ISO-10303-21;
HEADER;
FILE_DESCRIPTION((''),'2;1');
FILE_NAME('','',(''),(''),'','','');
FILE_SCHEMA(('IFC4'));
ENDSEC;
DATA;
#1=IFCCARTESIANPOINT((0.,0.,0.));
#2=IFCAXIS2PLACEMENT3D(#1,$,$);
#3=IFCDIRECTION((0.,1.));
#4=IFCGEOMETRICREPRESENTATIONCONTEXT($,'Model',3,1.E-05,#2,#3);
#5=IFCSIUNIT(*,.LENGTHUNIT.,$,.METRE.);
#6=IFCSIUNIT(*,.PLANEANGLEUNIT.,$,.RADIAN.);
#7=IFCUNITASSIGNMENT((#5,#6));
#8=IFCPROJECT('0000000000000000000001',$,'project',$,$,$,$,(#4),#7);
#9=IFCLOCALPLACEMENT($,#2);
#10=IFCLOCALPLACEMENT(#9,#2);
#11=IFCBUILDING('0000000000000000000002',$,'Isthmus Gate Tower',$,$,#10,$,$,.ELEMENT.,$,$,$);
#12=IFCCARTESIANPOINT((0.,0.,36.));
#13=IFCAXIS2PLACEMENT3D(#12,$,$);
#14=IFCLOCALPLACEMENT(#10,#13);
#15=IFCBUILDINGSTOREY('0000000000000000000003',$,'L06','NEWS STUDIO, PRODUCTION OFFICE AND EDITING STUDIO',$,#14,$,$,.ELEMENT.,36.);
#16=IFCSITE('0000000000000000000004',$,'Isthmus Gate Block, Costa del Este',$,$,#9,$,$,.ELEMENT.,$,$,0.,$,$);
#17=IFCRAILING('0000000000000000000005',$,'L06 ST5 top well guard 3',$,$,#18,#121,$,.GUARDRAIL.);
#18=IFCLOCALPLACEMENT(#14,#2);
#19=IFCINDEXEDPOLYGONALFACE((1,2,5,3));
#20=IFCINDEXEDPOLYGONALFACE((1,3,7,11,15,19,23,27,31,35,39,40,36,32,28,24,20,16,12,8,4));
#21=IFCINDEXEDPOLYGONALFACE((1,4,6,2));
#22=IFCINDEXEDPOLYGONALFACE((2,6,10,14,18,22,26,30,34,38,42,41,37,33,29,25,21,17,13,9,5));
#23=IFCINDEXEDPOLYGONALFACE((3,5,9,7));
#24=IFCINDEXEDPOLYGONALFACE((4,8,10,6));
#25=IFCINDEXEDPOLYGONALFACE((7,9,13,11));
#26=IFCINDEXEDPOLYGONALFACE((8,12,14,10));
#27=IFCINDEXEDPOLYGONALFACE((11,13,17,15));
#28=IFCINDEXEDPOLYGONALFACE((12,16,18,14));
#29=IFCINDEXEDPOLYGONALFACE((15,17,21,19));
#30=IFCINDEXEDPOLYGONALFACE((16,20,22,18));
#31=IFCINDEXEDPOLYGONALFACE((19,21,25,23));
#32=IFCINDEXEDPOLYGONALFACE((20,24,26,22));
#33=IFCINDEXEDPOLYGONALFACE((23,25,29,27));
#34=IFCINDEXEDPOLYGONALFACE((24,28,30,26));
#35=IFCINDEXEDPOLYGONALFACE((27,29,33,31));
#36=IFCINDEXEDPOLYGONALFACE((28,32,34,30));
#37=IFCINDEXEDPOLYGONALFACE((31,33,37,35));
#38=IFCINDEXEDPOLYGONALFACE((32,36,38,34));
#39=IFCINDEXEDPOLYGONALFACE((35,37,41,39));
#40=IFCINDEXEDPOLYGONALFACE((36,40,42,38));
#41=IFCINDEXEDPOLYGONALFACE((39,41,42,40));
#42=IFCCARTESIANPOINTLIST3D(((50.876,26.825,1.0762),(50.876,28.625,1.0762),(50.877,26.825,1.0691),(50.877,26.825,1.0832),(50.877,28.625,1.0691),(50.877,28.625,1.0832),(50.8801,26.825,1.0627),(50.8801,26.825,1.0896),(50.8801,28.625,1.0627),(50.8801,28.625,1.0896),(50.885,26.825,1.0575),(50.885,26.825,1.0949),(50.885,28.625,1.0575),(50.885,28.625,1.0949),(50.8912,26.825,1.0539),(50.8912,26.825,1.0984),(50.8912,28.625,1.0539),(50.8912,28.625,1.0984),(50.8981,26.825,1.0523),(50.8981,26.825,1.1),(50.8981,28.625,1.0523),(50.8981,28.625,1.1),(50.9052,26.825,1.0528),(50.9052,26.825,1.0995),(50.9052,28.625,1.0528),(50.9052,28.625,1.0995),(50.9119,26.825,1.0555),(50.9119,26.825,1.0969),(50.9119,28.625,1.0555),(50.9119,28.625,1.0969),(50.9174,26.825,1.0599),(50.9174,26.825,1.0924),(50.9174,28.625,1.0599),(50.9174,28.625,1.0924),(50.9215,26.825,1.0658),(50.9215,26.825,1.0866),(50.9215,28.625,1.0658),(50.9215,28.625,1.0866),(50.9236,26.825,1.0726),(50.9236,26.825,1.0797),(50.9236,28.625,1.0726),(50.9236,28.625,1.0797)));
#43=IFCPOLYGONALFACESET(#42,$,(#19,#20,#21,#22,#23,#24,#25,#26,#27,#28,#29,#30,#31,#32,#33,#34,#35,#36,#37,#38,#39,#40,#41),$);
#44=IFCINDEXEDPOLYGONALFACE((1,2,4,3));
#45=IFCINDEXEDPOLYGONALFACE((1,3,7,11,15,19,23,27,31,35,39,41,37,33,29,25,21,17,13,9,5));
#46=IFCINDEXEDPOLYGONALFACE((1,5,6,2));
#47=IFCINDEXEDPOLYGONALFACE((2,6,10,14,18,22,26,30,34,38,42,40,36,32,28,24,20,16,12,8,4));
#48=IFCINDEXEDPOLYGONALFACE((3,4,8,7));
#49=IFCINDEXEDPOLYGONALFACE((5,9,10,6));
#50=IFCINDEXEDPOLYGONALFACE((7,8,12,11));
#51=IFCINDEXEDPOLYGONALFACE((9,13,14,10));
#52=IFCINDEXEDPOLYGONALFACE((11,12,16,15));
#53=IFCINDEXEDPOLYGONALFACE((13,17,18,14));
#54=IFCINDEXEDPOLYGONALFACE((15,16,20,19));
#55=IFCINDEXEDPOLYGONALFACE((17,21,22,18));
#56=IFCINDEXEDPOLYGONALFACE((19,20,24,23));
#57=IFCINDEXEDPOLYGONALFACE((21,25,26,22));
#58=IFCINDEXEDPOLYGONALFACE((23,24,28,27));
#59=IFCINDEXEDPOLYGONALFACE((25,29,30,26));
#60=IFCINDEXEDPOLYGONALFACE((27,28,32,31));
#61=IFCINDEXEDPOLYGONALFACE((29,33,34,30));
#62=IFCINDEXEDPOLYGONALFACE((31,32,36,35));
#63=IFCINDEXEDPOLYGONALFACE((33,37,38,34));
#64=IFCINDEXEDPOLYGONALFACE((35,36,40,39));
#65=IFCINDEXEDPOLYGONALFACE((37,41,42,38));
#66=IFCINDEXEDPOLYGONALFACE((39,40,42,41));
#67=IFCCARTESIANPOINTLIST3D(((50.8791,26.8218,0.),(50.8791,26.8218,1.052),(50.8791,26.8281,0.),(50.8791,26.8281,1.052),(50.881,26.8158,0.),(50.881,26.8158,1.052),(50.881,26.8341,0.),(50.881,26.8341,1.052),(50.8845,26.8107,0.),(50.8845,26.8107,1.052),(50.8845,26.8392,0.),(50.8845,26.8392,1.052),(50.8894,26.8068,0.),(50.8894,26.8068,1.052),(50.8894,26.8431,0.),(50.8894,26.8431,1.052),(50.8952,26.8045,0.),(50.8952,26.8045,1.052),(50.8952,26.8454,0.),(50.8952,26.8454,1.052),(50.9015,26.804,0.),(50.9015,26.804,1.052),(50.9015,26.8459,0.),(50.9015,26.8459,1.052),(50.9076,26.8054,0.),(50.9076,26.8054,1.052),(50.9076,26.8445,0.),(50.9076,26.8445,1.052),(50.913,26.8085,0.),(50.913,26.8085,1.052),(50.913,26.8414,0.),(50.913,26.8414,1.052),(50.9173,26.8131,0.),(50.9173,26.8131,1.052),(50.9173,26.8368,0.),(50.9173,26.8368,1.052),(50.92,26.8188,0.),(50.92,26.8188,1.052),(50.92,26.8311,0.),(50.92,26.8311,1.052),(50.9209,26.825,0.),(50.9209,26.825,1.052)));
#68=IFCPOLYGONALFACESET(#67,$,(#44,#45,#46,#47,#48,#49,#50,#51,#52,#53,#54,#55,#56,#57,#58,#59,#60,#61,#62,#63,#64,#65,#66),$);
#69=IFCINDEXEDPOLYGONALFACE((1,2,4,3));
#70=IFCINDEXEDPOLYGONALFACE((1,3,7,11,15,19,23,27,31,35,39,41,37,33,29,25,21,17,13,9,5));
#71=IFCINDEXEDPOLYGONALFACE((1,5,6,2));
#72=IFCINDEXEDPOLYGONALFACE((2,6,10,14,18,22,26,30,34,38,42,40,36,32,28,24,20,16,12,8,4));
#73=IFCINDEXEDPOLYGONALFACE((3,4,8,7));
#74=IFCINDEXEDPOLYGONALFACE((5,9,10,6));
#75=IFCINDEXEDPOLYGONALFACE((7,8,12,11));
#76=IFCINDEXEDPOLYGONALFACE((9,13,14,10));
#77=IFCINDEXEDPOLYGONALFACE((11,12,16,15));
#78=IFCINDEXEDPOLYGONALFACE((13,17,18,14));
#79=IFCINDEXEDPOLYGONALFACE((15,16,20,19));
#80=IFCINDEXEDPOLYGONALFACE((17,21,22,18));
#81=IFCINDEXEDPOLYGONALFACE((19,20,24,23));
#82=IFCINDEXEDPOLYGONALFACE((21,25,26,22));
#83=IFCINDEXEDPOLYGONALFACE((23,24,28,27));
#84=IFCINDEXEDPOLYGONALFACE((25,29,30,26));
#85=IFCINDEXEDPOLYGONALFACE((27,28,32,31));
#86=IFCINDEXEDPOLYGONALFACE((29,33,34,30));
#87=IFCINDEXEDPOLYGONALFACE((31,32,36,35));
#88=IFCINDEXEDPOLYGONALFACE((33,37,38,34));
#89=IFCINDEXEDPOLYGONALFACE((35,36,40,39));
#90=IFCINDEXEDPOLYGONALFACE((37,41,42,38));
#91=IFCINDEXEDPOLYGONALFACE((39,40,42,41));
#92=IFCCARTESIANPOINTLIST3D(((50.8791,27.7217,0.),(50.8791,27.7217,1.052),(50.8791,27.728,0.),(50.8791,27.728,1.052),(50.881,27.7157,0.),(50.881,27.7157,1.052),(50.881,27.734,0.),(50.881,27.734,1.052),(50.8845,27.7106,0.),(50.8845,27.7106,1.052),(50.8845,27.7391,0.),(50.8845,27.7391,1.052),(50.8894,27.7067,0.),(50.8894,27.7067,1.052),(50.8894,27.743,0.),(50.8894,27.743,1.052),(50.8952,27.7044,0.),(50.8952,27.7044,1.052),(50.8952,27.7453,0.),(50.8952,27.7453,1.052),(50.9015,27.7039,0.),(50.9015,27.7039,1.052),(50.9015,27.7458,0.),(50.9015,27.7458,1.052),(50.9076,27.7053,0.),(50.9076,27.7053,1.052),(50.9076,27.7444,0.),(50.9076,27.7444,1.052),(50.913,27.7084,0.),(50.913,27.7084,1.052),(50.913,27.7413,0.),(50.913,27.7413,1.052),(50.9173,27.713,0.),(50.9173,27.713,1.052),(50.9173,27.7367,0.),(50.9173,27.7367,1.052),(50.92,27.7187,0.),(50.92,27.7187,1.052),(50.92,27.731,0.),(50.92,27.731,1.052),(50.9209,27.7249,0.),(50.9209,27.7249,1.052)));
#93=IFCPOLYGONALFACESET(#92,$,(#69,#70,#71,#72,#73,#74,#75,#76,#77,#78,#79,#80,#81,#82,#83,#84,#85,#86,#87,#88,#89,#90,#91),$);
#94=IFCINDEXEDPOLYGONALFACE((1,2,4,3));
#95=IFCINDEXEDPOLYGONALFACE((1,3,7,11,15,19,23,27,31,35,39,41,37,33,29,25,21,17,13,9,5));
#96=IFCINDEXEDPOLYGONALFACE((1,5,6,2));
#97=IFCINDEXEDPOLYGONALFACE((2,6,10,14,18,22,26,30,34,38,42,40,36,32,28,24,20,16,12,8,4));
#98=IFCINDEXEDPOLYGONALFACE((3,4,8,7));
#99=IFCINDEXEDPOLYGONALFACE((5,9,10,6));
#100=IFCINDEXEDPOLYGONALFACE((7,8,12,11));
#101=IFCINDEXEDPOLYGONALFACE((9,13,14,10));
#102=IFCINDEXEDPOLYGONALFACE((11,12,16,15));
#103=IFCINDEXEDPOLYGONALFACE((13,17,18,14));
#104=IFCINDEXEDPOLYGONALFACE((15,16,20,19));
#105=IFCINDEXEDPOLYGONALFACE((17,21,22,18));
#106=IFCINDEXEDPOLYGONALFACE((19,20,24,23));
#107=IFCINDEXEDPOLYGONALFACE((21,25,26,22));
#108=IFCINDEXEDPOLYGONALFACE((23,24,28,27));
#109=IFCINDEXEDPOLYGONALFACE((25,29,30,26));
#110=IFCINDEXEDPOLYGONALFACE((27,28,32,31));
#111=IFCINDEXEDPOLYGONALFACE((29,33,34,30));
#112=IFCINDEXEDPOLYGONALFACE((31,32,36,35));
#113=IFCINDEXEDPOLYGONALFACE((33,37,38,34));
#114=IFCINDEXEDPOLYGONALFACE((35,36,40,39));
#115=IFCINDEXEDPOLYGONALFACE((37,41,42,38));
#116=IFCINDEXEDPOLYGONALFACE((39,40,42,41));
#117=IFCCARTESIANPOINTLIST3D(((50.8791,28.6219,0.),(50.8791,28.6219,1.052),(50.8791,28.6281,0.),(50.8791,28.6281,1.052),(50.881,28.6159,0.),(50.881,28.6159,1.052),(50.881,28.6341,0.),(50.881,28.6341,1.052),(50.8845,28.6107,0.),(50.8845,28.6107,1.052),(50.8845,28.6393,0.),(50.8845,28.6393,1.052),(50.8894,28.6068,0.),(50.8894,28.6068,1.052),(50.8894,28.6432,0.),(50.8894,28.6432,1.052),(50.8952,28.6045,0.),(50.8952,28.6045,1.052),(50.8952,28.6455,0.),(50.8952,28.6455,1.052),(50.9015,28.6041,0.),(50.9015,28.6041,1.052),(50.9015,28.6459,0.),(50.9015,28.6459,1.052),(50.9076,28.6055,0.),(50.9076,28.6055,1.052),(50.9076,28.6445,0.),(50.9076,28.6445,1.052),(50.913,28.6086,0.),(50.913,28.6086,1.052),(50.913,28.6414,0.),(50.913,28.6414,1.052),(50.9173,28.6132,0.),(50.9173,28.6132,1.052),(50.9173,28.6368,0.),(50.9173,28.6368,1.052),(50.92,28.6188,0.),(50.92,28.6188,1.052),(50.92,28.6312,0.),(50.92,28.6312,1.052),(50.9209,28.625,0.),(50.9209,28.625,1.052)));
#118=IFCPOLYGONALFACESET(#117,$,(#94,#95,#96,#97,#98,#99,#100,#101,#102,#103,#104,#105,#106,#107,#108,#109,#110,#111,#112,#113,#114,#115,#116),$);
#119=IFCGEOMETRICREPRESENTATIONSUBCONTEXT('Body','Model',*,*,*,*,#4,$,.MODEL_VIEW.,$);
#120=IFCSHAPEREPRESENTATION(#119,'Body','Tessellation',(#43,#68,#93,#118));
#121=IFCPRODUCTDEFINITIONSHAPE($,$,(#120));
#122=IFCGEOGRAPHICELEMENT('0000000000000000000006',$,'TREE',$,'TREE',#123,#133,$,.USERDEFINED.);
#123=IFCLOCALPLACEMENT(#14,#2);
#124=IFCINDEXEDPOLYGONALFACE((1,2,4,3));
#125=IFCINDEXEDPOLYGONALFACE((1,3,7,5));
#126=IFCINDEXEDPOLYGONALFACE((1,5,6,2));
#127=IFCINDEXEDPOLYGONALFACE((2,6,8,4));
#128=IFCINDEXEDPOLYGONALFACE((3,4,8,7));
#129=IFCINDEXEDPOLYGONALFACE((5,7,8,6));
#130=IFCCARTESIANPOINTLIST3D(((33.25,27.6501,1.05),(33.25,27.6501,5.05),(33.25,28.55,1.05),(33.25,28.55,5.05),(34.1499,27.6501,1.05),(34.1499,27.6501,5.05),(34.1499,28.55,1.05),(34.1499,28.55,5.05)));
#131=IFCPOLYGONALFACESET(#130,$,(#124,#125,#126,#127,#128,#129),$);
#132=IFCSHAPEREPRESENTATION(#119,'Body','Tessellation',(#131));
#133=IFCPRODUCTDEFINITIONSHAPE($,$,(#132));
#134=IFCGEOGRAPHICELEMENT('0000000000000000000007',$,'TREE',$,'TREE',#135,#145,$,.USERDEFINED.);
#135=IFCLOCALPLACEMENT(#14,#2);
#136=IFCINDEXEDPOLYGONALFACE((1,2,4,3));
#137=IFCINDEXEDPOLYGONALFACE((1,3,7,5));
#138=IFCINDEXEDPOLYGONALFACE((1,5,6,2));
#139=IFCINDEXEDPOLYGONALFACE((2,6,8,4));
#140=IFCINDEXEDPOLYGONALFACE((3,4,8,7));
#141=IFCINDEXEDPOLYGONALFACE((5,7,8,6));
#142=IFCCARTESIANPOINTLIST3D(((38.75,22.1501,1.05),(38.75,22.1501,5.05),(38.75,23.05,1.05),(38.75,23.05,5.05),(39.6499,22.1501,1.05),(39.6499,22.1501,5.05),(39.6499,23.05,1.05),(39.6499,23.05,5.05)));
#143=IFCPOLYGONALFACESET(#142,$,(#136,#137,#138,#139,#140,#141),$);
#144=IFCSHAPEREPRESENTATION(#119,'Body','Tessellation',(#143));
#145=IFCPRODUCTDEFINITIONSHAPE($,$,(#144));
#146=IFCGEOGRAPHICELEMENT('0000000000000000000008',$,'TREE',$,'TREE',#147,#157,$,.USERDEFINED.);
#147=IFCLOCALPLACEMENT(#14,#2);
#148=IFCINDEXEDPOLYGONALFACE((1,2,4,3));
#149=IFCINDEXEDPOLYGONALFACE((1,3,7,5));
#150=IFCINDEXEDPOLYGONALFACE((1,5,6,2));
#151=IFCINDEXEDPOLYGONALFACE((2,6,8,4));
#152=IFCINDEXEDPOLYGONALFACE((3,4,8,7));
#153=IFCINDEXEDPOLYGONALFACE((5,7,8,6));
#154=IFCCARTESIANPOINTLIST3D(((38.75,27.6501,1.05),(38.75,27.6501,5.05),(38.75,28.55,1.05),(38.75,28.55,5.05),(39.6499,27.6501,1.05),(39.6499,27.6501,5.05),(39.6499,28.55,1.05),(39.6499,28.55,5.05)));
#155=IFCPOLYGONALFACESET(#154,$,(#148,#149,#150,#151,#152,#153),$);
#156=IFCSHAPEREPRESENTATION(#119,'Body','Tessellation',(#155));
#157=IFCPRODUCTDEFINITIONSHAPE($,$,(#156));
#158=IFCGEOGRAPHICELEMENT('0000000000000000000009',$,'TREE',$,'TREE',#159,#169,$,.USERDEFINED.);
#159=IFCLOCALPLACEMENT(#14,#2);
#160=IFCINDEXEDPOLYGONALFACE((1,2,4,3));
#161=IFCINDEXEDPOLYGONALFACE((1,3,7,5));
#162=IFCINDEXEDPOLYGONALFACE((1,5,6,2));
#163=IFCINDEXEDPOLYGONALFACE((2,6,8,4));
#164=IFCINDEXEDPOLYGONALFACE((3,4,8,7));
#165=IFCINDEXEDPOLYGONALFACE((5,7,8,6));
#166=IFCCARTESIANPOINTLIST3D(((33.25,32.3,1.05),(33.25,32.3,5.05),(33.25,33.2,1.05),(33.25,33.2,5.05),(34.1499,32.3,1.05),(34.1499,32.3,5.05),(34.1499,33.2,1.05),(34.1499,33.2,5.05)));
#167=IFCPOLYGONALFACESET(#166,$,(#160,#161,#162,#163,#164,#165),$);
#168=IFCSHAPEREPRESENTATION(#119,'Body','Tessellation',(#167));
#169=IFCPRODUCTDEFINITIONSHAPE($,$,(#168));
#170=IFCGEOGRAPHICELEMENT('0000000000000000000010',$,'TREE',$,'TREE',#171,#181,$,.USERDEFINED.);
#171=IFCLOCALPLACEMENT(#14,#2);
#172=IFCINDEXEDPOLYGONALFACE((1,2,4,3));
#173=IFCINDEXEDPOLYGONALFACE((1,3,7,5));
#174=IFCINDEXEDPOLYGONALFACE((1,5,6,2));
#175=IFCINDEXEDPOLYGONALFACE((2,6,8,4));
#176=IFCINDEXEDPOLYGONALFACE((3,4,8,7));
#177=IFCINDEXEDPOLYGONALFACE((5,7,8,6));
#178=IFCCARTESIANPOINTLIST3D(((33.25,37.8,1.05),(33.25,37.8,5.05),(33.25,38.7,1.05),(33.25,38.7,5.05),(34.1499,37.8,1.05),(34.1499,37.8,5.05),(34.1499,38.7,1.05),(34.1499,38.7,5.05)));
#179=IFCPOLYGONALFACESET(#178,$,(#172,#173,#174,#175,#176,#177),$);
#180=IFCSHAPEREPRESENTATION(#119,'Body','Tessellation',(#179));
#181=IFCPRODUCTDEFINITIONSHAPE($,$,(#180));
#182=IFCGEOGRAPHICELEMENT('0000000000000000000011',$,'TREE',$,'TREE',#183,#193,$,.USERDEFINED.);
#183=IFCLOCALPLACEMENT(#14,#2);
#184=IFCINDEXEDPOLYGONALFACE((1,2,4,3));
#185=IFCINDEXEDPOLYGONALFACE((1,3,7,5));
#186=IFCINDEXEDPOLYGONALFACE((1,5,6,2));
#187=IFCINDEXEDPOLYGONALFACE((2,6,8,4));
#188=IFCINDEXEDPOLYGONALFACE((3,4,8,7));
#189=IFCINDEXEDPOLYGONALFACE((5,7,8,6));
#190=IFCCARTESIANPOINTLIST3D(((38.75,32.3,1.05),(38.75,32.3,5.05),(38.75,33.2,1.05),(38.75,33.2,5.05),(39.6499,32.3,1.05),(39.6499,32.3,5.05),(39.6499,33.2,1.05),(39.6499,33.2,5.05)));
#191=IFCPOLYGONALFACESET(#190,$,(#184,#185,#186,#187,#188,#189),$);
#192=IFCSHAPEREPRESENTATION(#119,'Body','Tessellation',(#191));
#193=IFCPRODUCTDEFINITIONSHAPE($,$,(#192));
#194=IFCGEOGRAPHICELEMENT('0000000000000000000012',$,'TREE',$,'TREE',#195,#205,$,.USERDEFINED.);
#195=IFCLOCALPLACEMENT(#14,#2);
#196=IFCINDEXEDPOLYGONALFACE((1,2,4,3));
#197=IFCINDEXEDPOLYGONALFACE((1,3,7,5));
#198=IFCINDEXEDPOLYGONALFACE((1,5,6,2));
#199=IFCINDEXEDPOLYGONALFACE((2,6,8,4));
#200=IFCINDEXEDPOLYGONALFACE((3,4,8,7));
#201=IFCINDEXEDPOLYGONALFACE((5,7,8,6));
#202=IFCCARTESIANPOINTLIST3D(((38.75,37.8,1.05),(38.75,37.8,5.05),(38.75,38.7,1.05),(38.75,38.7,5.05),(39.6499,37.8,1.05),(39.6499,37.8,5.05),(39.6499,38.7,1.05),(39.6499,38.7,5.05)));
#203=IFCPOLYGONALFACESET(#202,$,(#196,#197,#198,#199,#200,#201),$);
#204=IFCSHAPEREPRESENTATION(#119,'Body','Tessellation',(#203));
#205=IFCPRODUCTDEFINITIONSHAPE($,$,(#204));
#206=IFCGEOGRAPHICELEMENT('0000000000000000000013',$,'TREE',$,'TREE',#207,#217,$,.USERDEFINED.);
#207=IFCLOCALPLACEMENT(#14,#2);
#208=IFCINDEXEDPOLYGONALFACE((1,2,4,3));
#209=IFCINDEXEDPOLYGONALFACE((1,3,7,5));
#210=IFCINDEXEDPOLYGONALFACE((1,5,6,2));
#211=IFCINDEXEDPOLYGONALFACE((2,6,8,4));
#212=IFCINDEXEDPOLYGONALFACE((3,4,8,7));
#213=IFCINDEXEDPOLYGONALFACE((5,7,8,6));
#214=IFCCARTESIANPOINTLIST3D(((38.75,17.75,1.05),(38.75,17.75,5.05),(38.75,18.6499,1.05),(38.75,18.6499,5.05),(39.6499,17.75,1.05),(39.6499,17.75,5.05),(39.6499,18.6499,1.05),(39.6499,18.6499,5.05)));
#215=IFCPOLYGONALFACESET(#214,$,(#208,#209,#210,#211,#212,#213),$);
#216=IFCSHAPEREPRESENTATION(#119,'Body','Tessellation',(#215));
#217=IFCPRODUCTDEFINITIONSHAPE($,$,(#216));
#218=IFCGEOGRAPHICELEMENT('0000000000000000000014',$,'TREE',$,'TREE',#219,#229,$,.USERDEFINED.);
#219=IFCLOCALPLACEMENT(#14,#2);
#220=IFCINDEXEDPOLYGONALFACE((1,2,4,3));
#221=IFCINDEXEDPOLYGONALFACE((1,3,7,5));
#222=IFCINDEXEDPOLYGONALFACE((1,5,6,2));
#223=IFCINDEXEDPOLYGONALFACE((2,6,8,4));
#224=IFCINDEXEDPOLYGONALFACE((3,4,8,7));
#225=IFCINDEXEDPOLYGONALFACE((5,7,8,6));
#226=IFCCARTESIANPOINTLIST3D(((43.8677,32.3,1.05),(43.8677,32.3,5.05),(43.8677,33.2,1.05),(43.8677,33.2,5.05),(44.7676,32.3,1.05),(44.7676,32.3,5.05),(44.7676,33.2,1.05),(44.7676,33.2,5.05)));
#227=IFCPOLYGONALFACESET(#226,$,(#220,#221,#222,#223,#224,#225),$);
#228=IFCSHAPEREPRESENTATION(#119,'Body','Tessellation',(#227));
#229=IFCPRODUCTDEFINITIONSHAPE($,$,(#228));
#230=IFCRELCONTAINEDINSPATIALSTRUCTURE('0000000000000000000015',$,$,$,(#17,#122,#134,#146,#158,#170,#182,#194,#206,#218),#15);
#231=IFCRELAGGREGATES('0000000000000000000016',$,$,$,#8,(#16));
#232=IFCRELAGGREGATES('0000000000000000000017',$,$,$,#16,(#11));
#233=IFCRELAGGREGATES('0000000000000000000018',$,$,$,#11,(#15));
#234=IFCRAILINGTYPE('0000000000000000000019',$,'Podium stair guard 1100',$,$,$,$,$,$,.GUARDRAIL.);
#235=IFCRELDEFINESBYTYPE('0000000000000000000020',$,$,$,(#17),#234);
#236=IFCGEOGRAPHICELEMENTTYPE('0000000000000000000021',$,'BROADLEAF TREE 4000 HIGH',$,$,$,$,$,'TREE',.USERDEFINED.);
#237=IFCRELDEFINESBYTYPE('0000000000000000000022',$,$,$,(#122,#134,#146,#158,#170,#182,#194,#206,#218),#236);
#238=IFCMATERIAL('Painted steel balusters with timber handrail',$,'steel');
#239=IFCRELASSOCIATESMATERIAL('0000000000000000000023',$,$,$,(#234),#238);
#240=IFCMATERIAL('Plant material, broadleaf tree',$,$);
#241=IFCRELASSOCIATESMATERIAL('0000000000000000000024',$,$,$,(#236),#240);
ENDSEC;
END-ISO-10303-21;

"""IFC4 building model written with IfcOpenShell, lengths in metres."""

from ifc_helpers import new_model, si_unit, direction, frame, origin, origin_2d, place, context, subcontext, project, spatial, rectangle, circle, extrude, material, type_object, element, save


model = new_model("IFC4")

# Units and contexts
model_context = context("Model", 3, precision=1e-05, world=origin(), true_north=direction((0.0, 1.0)))
body_context = subcontext(model_context, "Body", "Model", "MODEL_VIEW")
ifc_project = project(units=[si_unit("LENGTHUNIT", "METRE"), si_unit("PLANEANGLEUNIT", "RADIAN")], contexts=[model_context])

# Site, building, storey
site_placement = place(None, origin())
site = spatial("IfcSite", under=ifc_project, at=site_placement, Name="Isthmus Gate Block, Costa del Este", CompositionType="ELEMENT", RefElevation=0.0)
building_placement = place(site_placement, origin())
building = spatial("IfcBuilding", under=site, at=building_placement, Name="Isthmus Gate Tower", CompositionType="ELEMENT")
storey_placement = place(building_placement, frame((0.0, 0.0, 36.0)))
storey = spatial("IfcBuildingStorey", under=building, at=storey_placement, Name="L06", Description="NEWS STUDIO, PRODUCTION OFFICE AND EDITING STUDIO", CompositionType="ELEMENT", Elevation=36.0)

# Railing
ifc_material_1 = material(Name="Painted steel balusters with timber handrail", Category="steel")
railing_type_1 = type_object("IfcRailingType", Name="Podium stair guard 1100", PredefinedType="GUARDRAIL", material=ifc_material_1)
railing_1_placement = place(storey_placement, frame((50.8999, 26.825, 0.0)))
element("IfcRailing", 1, at=railing_1_placement, inside=storey, type_object=railing_type_1, Name="L06 ST5 top well guard 3", PredefinedType="GUARDRAIL", context=body_context, shape_type="SweptSolid", body=[
    extrude(circle(Radius=0.0239, at=origin_2d()), frame((0.0, 0.0, 1.0762), z_axis=(0.0, 1.0, 0.0), x_axis=(-1.0, 0.0, 0.0)), (0.0, 0.0, 1.0), 1.8),
    extrude(circle(Radius=0.021, at=origin_2d()), origin(), (0.0, 0.0, 1.0), 1.052),
    extrude(circle(Radius=0.021, at=origin_2d()), frame((0.0, 0.8999, 0.0)), (0.0, 0.0, 1.0), 1.052),
    extrude(circle(Radius=0.021, at=origin_2d()), frame((0.0, 1.8, 0.0)), (0.0, 0.0, 1.0), 1.052),
])

# Geographic elements
ifc_material_2 = material(Name="Plant material, broadleaf tree")
geographic_element_type = type_object("IfcGeographicElementType", Name="BROADLEAF TREE 4000 HIGH", ElementType="TREE", PredefinedType="USERDEFINED", material=ifc_material_2)
for number, where, z_axis, x_axis, name in (
    (2, (33.7, 28.1001, 1.05), (0.0, 0.0, 1.0), (1.0, 0.0, 0.0), "TREE"),
    (3, (39.2, 22.6001, 1.05), (0.0, 0.0, 1.0), (1.0, 0.0, 0.0), "TREE"),
    (4, (39.2, 28.1001, 1.05), (0.0, 0.0, 1.0), (1.0, 0.0, 0.0), "TREE"),
    (5, (33.7, 32.75, 1.05), (0.0, 0.0, 1.0), (1.0, 0.0, 0.0), "TREE"),
    (6, (33.7, 38.25, 1.05), (0.0, 0.0, 1.0), (1.0, 0.0, 0.0), "TREE"),
    (7, (39.2, 32.75, 1.05), (0.0, 0.0, 1.0), (1.0, 0.0, 0.0), "TREE"),
    (8, (39.2, 38.25, 1.05), (0.0, 0.0, 1.0), (1.0, 0.0, 0.0), "TREE"),
    (9, (39.2, 18.2, 1.05), (0.0, 0.0, 1.0), (1.0, 0.0, 0.0), "TREE"),
    (10, (44.3176, 32.75, 1.05), (0.0, 0.0, 1.0), (1.0, 0.0, 0.0), "TREE"),
):
    element("IfcGeographicElement", number, at=place(storey_placement, frame(where, z_axis=z_axis, x_axis=x_axis)), inside=storey, type_object=geographic_element_type, Name=name, ObjectType="TREE", PredefinedType="USERDEFINED", context=body_context, shape_type="SweptSolid", body=[
        extrude(rectangle(XDim=0.8999, YDim=0.8999, at=origin_2d()), origin(), (0.0, 0.0, 1.0), 4.0),
    ])

save(model, "model.ifc")
